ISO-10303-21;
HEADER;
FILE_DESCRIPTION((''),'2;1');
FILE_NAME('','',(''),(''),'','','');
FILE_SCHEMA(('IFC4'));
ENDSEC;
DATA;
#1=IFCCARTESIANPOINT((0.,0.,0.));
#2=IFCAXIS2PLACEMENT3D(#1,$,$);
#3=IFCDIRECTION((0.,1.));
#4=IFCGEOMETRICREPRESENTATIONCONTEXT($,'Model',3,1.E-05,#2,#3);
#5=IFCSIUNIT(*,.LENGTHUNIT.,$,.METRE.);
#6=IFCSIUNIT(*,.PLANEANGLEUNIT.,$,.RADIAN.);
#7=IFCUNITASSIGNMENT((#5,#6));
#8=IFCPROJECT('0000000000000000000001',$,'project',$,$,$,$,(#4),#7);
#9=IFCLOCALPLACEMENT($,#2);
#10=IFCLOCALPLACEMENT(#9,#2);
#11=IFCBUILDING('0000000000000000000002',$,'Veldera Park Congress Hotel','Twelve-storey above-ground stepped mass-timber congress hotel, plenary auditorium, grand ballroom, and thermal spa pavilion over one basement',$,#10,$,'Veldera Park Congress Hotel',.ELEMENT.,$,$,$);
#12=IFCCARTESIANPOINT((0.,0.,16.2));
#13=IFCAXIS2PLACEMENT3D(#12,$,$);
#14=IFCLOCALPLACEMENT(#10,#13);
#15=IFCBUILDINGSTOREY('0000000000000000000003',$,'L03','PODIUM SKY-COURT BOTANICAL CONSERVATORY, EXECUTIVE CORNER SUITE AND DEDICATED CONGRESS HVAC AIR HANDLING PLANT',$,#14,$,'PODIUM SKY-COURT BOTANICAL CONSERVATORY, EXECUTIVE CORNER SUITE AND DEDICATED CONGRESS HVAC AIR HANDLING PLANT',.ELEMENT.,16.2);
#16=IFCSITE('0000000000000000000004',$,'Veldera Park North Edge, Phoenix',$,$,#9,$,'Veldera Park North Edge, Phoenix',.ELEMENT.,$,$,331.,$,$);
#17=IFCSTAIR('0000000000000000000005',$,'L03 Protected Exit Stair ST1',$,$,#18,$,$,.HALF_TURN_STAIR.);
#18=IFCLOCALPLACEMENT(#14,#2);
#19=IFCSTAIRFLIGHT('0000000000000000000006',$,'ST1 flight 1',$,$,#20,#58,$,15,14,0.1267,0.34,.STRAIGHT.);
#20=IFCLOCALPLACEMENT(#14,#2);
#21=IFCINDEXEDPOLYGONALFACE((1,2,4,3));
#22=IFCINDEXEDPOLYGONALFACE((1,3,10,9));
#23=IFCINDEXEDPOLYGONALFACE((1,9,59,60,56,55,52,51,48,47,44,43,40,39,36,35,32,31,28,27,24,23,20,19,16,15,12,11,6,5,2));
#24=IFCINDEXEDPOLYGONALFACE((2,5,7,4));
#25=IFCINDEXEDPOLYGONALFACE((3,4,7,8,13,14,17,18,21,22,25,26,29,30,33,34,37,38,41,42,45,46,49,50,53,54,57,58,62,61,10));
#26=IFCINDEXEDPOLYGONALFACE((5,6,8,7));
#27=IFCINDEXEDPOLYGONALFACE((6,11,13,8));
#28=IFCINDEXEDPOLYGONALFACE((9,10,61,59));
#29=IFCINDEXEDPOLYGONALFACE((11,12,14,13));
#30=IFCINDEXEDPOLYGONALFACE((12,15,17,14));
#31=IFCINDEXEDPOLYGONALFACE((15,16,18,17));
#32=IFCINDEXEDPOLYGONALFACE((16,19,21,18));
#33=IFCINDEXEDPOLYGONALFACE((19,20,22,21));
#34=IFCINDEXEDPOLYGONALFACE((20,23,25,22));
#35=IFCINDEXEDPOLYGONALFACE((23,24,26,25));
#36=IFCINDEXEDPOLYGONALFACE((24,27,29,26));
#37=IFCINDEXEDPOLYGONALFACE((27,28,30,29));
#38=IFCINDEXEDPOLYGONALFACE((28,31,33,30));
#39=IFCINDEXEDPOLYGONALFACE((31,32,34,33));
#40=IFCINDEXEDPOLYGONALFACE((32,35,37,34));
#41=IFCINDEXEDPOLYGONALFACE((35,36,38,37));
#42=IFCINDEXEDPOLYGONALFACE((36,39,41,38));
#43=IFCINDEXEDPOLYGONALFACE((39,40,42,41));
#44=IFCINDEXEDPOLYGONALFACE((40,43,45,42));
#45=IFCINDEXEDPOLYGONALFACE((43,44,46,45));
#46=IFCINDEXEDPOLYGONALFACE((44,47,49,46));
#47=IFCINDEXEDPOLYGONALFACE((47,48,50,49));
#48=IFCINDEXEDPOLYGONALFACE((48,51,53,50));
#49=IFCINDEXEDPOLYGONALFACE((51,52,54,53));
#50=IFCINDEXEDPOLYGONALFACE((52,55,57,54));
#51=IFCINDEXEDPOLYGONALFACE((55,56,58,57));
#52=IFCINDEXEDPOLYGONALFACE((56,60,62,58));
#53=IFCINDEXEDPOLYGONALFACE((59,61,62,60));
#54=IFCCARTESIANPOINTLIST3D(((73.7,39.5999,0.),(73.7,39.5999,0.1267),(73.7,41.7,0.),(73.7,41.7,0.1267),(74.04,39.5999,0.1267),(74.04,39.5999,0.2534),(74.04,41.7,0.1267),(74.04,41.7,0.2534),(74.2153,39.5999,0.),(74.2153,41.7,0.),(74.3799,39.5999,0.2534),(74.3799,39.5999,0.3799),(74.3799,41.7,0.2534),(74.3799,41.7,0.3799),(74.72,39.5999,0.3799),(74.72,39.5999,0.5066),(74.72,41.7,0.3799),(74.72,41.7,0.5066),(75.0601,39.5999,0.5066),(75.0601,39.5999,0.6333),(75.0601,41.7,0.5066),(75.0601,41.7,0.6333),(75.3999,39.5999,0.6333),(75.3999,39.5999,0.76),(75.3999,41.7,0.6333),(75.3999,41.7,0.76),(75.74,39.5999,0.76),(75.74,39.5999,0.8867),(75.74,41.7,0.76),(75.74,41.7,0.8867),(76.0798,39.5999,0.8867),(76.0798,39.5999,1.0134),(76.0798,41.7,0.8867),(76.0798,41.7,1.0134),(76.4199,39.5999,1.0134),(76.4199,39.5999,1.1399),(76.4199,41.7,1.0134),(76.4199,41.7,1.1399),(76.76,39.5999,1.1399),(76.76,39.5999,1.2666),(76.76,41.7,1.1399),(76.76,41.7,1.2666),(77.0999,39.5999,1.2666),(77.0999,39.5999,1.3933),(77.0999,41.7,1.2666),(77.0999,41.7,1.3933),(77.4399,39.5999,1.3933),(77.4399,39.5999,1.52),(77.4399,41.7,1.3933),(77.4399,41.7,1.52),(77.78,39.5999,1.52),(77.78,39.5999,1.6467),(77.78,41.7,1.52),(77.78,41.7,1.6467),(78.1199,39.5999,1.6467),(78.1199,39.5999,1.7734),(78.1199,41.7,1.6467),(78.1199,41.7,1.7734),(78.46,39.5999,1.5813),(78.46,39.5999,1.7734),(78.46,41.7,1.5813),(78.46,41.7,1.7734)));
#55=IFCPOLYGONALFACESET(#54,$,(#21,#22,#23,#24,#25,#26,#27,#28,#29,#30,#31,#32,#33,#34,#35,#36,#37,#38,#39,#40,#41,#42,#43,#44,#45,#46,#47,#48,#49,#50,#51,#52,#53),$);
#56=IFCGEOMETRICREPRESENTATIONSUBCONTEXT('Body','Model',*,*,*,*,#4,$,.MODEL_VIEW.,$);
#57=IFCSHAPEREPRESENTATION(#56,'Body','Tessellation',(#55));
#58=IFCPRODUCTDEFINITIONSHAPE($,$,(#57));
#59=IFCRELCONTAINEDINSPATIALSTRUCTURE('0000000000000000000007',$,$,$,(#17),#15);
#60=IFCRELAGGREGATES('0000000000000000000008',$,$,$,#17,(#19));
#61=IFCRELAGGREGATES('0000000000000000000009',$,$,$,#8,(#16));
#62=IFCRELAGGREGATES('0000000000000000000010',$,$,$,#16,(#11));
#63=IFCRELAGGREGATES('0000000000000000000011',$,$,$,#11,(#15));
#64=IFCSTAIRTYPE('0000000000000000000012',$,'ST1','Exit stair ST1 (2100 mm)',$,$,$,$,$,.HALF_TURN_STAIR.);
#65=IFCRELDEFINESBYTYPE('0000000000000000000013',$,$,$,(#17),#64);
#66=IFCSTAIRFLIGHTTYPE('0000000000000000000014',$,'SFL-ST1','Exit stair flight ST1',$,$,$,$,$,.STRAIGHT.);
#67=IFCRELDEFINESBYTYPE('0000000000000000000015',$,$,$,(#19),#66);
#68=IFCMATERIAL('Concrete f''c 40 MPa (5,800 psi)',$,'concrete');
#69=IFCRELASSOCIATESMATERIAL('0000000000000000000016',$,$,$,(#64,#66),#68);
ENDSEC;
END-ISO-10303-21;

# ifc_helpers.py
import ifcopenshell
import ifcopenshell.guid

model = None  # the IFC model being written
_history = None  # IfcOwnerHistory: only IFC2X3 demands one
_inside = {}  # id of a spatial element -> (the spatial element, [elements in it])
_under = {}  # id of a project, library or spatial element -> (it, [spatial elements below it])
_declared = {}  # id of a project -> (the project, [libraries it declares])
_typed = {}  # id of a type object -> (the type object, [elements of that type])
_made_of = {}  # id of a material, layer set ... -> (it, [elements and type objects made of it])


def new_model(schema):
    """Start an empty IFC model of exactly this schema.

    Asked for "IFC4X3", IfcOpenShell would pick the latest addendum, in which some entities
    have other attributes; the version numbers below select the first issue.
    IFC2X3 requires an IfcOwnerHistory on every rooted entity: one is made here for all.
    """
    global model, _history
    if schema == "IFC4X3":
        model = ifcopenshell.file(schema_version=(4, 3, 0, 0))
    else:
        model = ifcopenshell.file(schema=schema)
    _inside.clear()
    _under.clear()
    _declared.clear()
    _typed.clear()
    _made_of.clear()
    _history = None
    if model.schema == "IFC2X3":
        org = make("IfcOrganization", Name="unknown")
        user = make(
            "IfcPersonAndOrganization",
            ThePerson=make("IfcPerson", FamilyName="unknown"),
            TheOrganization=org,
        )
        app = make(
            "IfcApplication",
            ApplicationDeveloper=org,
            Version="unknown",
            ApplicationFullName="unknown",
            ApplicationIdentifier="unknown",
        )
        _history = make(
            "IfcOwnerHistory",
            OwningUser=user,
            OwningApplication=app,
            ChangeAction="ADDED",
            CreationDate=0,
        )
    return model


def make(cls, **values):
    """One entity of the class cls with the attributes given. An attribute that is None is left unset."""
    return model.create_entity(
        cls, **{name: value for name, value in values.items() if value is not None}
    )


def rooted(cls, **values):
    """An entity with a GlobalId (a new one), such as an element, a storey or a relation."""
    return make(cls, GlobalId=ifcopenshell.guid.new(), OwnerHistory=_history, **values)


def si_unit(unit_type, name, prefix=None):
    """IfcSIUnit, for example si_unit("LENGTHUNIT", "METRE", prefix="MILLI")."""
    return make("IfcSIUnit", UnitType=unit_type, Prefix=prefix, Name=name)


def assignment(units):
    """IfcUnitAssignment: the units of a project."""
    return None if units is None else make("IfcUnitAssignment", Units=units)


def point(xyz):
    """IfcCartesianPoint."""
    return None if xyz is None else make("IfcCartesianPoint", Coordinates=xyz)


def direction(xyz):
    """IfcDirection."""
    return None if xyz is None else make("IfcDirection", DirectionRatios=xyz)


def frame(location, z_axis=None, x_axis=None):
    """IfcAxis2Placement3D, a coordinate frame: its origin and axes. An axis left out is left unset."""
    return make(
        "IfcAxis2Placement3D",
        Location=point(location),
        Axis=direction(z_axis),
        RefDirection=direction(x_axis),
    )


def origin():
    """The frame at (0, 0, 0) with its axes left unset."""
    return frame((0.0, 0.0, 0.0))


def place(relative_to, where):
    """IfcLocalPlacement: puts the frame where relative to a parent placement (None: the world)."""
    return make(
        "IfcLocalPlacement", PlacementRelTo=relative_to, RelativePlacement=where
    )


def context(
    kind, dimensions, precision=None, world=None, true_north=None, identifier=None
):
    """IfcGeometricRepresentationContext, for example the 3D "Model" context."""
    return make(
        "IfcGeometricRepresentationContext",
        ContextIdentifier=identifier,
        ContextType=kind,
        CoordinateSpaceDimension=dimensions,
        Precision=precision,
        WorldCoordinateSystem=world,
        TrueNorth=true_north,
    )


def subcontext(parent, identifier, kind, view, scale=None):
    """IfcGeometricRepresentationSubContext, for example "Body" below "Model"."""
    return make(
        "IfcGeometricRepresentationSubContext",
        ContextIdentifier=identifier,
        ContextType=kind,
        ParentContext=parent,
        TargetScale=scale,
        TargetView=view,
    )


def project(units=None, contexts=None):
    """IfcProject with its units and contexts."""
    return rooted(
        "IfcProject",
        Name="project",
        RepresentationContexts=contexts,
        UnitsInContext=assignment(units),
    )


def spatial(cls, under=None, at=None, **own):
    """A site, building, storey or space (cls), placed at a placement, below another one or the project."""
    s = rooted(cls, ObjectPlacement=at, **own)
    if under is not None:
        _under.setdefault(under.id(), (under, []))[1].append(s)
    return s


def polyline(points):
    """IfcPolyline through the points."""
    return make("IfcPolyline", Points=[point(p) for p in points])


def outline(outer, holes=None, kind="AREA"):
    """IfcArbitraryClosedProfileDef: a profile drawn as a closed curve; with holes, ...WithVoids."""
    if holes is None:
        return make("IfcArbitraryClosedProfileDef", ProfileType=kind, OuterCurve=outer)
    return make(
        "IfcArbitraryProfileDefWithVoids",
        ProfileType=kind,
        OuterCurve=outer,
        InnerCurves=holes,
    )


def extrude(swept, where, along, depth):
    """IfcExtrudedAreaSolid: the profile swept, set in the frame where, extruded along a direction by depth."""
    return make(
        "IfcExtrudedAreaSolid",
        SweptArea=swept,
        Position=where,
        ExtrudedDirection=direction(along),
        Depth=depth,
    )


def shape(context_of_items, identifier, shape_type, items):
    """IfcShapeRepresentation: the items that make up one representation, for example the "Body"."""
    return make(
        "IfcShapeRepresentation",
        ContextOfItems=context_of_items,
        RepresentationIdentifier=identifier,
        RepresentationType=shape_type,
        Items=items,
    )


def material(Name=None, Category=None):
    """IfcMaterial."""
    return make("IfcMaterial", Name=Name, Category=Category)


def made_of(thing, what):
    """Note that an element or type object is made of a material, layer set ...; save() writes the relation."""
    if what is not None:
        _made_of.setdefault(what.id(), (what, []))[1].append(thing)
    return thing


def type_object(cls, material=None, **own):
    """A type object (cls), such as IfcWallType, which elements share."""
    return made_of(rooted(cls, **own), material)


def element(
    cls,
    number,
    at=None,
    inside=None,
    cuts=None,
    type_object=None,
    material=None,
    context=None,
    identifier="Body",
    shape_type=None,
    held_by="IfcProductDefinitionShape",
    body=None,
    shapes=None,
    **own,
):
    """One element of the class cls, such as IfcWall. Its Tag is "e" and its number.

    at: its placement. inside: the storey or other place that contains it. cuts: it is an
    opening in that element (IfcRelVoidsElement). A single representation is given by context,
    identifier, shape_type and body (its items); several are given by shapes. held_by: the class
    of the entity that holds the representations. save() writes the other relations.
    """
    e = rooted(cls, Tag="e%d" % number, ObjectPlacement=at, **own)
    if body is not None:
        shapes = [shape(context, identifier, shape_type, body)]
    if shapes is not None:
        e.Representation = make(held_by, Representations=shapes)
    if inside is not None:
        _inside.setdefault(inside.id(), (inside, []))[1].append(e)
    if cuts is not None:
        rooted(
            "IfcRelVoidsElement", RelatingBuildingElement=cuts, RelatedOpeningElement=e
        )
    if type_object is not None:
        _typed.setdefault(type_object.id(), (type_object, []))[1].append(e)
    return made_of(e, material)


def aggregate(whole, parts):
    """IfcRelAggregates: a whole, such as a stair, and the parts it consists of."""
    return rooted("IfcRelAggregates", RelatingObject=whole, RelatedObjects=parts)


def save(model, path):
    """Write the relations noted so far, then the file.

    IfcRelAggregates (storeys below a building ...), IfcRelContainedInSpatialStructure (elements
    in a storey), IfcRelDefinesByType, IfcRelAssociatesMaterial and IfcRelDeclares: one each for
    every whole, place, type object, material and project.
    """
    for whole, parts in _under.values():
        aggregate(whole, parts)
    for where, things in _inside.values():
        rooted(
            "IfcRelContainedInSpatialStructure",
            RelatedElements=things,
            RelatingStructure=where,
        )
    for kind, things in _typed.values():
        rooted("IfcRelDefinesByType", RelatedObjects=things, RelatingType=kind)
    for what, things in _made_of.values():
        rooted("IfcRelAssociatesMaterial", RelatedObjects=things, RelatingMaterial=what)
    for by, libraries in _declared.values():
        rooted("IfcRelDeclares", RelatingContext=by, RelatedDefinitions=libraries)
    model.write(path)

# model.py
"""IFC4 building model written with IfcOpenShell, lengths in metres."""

from ifc_helpers import new_model, si_unit, direction, frame, origin, place, context, subcontext, project, spatial, polyline, outline, extrude, material, type_object, element, aggregate, save


model = new_model("IFC4")

# Units and contexts
model_context = context("Model", 3, precision=1e-05, world=origin(), true_north=direction((0.0, 1.0)))
body_context = subcontext(model_context, "Body", "Model", "MODEL_VIEW")
ifc_project = project(units=[si_unit("LENGTHUNIT", "METRE"), si_unit("PLANEANGLEUNIT", "RADIAN")], contexts=[model_context])

# Site, building, storey
site_placement = place(None, origin())
site = spatial("IfcSite", under=ifc_project, at=site_placement, Name="Veldera Park North Edge, Phoenix", LongName="Veldera Park North Edge, Phoenix", CompositionType="ELEMENT", RefElevation=331.0)
building_placement = place(site_placement, origin())
building = spatial("IfcBuilding", under=site, at=building_placement, Name="Veldera Park Congress Hotel", Description="Twelve-storey above-ground stepped mass-timber congress hotel, plenary auditorium, grand ballroom, and thermal spa pavilion over one basement", LongName="Veldera Park Congress Hotel", CompositionType="ELEMENT")
storey_placement = place(building_placement, frame((0.0, 0.0, 16.2)))
storey = spatial("IfcBuildingStorey", under=building, at=storey_placement, Name="L03", Description="PODIUM SKY-COURT BOTANICAL CONSERVATORY, EXECUTIVE CORNER SUITE AND DEDICATED CONGRESS HVAC AIR HANDLING PLANT", LongName="PODIUM SKY-COURT BOTANICAL CONSERVATORY, EXECUTIVE CORNER SUITE AND DEDICATED CONGRESS HVAC AIR HANDLING PLANT", CompositionType="ELEMENT", Elevation=16.2)

# Shared definitions
ifc_material_1 = material(Name="Concrete f'c 40 MPa (5,800 psi)", Category="concrete")

# Stair, stair flight
stair_type = type_object("IfcStairType", Name="ST1", Description="Exit stair ST1 (2100 mm)", PredefinedType="HALF_TURN_STAIR", material=ifc_material_1)
stair_placement = place(storey_placement, origin())
stair = element("IfcStair", 1, at=stair_placement, inside=storey, type_object=stair_type, Name="L03 Protected Exit Stair ST1", PredefinedType="HALF_TURN_STAIR")
stair_flight_type = type_object("IfcStairFlightType", Name="SFL-ST1", Description="Exit stair flight ST1", PredefinedType="STRAIGHT", material=ifc_material_1)
stair_flight_placement = place(storey_placement, frame((73.7, 40.6499, 0.0), z_axis=(0.0, 0.0, 1.0), x_axis=(1.0, 0.0, 0.0)))
stair_flight = element("IfcStairFlight", 2, at=stair_flight_placement, type_object=stair_flight_type, Name="ST1 flight 1", NumberOfRisers=15, NumberOfTreads=14, PredefinedType="STRAIGHT", RiserHeight=0.1267, TreadLength=0.34, context=body_context, shape_type="SweptSolid", body=[
    extrude(outline(polyline([(0.0, 0.0), (0.0, 0.1267), (0.3401, 0.1267), (0.3401, 0.2534), (0.6799, 0.2534), (0.6799, 0.3799), (1.02, 0.3799), (1.02, 0.5066), (1.3601, 0.5066), (1.3601, 0.6333), (1.7, 0.6333), (1.7, 0.76), (2.04, 0.76), (2.04, 0.8867), (2.3799, 0.8867), (2.3799, 1.0134), (2.72, 1.0134), (2.72, 1.1399), (3.0601, 1.1399), (3.0601, 1.2666), (3.3999, 1.2666), (3.3999, 1.3933), (3.74, 1.3933), (3.74, 1.52), (4.0801, 1.52), (4.0801, 1.6467), (4.4199, 1.6467), (4.4199, 1.7734), (4.76, 1.7734), (4.76, 1.8999), (4.76, 1.8999), (4.76, 1.5813), (0.5154, 0.0), (0.0, 0.0)])), frame((0.0, 1.05, 0.0), z_axis=(0.0, -1.0, 0.0), x_axis=(1.0, 0.0, 0.0)), (0.0, 0.0, 1.0), 2.1001),
])
aggregate(stair, [stair_flight])

save(model, "model.ifc")
